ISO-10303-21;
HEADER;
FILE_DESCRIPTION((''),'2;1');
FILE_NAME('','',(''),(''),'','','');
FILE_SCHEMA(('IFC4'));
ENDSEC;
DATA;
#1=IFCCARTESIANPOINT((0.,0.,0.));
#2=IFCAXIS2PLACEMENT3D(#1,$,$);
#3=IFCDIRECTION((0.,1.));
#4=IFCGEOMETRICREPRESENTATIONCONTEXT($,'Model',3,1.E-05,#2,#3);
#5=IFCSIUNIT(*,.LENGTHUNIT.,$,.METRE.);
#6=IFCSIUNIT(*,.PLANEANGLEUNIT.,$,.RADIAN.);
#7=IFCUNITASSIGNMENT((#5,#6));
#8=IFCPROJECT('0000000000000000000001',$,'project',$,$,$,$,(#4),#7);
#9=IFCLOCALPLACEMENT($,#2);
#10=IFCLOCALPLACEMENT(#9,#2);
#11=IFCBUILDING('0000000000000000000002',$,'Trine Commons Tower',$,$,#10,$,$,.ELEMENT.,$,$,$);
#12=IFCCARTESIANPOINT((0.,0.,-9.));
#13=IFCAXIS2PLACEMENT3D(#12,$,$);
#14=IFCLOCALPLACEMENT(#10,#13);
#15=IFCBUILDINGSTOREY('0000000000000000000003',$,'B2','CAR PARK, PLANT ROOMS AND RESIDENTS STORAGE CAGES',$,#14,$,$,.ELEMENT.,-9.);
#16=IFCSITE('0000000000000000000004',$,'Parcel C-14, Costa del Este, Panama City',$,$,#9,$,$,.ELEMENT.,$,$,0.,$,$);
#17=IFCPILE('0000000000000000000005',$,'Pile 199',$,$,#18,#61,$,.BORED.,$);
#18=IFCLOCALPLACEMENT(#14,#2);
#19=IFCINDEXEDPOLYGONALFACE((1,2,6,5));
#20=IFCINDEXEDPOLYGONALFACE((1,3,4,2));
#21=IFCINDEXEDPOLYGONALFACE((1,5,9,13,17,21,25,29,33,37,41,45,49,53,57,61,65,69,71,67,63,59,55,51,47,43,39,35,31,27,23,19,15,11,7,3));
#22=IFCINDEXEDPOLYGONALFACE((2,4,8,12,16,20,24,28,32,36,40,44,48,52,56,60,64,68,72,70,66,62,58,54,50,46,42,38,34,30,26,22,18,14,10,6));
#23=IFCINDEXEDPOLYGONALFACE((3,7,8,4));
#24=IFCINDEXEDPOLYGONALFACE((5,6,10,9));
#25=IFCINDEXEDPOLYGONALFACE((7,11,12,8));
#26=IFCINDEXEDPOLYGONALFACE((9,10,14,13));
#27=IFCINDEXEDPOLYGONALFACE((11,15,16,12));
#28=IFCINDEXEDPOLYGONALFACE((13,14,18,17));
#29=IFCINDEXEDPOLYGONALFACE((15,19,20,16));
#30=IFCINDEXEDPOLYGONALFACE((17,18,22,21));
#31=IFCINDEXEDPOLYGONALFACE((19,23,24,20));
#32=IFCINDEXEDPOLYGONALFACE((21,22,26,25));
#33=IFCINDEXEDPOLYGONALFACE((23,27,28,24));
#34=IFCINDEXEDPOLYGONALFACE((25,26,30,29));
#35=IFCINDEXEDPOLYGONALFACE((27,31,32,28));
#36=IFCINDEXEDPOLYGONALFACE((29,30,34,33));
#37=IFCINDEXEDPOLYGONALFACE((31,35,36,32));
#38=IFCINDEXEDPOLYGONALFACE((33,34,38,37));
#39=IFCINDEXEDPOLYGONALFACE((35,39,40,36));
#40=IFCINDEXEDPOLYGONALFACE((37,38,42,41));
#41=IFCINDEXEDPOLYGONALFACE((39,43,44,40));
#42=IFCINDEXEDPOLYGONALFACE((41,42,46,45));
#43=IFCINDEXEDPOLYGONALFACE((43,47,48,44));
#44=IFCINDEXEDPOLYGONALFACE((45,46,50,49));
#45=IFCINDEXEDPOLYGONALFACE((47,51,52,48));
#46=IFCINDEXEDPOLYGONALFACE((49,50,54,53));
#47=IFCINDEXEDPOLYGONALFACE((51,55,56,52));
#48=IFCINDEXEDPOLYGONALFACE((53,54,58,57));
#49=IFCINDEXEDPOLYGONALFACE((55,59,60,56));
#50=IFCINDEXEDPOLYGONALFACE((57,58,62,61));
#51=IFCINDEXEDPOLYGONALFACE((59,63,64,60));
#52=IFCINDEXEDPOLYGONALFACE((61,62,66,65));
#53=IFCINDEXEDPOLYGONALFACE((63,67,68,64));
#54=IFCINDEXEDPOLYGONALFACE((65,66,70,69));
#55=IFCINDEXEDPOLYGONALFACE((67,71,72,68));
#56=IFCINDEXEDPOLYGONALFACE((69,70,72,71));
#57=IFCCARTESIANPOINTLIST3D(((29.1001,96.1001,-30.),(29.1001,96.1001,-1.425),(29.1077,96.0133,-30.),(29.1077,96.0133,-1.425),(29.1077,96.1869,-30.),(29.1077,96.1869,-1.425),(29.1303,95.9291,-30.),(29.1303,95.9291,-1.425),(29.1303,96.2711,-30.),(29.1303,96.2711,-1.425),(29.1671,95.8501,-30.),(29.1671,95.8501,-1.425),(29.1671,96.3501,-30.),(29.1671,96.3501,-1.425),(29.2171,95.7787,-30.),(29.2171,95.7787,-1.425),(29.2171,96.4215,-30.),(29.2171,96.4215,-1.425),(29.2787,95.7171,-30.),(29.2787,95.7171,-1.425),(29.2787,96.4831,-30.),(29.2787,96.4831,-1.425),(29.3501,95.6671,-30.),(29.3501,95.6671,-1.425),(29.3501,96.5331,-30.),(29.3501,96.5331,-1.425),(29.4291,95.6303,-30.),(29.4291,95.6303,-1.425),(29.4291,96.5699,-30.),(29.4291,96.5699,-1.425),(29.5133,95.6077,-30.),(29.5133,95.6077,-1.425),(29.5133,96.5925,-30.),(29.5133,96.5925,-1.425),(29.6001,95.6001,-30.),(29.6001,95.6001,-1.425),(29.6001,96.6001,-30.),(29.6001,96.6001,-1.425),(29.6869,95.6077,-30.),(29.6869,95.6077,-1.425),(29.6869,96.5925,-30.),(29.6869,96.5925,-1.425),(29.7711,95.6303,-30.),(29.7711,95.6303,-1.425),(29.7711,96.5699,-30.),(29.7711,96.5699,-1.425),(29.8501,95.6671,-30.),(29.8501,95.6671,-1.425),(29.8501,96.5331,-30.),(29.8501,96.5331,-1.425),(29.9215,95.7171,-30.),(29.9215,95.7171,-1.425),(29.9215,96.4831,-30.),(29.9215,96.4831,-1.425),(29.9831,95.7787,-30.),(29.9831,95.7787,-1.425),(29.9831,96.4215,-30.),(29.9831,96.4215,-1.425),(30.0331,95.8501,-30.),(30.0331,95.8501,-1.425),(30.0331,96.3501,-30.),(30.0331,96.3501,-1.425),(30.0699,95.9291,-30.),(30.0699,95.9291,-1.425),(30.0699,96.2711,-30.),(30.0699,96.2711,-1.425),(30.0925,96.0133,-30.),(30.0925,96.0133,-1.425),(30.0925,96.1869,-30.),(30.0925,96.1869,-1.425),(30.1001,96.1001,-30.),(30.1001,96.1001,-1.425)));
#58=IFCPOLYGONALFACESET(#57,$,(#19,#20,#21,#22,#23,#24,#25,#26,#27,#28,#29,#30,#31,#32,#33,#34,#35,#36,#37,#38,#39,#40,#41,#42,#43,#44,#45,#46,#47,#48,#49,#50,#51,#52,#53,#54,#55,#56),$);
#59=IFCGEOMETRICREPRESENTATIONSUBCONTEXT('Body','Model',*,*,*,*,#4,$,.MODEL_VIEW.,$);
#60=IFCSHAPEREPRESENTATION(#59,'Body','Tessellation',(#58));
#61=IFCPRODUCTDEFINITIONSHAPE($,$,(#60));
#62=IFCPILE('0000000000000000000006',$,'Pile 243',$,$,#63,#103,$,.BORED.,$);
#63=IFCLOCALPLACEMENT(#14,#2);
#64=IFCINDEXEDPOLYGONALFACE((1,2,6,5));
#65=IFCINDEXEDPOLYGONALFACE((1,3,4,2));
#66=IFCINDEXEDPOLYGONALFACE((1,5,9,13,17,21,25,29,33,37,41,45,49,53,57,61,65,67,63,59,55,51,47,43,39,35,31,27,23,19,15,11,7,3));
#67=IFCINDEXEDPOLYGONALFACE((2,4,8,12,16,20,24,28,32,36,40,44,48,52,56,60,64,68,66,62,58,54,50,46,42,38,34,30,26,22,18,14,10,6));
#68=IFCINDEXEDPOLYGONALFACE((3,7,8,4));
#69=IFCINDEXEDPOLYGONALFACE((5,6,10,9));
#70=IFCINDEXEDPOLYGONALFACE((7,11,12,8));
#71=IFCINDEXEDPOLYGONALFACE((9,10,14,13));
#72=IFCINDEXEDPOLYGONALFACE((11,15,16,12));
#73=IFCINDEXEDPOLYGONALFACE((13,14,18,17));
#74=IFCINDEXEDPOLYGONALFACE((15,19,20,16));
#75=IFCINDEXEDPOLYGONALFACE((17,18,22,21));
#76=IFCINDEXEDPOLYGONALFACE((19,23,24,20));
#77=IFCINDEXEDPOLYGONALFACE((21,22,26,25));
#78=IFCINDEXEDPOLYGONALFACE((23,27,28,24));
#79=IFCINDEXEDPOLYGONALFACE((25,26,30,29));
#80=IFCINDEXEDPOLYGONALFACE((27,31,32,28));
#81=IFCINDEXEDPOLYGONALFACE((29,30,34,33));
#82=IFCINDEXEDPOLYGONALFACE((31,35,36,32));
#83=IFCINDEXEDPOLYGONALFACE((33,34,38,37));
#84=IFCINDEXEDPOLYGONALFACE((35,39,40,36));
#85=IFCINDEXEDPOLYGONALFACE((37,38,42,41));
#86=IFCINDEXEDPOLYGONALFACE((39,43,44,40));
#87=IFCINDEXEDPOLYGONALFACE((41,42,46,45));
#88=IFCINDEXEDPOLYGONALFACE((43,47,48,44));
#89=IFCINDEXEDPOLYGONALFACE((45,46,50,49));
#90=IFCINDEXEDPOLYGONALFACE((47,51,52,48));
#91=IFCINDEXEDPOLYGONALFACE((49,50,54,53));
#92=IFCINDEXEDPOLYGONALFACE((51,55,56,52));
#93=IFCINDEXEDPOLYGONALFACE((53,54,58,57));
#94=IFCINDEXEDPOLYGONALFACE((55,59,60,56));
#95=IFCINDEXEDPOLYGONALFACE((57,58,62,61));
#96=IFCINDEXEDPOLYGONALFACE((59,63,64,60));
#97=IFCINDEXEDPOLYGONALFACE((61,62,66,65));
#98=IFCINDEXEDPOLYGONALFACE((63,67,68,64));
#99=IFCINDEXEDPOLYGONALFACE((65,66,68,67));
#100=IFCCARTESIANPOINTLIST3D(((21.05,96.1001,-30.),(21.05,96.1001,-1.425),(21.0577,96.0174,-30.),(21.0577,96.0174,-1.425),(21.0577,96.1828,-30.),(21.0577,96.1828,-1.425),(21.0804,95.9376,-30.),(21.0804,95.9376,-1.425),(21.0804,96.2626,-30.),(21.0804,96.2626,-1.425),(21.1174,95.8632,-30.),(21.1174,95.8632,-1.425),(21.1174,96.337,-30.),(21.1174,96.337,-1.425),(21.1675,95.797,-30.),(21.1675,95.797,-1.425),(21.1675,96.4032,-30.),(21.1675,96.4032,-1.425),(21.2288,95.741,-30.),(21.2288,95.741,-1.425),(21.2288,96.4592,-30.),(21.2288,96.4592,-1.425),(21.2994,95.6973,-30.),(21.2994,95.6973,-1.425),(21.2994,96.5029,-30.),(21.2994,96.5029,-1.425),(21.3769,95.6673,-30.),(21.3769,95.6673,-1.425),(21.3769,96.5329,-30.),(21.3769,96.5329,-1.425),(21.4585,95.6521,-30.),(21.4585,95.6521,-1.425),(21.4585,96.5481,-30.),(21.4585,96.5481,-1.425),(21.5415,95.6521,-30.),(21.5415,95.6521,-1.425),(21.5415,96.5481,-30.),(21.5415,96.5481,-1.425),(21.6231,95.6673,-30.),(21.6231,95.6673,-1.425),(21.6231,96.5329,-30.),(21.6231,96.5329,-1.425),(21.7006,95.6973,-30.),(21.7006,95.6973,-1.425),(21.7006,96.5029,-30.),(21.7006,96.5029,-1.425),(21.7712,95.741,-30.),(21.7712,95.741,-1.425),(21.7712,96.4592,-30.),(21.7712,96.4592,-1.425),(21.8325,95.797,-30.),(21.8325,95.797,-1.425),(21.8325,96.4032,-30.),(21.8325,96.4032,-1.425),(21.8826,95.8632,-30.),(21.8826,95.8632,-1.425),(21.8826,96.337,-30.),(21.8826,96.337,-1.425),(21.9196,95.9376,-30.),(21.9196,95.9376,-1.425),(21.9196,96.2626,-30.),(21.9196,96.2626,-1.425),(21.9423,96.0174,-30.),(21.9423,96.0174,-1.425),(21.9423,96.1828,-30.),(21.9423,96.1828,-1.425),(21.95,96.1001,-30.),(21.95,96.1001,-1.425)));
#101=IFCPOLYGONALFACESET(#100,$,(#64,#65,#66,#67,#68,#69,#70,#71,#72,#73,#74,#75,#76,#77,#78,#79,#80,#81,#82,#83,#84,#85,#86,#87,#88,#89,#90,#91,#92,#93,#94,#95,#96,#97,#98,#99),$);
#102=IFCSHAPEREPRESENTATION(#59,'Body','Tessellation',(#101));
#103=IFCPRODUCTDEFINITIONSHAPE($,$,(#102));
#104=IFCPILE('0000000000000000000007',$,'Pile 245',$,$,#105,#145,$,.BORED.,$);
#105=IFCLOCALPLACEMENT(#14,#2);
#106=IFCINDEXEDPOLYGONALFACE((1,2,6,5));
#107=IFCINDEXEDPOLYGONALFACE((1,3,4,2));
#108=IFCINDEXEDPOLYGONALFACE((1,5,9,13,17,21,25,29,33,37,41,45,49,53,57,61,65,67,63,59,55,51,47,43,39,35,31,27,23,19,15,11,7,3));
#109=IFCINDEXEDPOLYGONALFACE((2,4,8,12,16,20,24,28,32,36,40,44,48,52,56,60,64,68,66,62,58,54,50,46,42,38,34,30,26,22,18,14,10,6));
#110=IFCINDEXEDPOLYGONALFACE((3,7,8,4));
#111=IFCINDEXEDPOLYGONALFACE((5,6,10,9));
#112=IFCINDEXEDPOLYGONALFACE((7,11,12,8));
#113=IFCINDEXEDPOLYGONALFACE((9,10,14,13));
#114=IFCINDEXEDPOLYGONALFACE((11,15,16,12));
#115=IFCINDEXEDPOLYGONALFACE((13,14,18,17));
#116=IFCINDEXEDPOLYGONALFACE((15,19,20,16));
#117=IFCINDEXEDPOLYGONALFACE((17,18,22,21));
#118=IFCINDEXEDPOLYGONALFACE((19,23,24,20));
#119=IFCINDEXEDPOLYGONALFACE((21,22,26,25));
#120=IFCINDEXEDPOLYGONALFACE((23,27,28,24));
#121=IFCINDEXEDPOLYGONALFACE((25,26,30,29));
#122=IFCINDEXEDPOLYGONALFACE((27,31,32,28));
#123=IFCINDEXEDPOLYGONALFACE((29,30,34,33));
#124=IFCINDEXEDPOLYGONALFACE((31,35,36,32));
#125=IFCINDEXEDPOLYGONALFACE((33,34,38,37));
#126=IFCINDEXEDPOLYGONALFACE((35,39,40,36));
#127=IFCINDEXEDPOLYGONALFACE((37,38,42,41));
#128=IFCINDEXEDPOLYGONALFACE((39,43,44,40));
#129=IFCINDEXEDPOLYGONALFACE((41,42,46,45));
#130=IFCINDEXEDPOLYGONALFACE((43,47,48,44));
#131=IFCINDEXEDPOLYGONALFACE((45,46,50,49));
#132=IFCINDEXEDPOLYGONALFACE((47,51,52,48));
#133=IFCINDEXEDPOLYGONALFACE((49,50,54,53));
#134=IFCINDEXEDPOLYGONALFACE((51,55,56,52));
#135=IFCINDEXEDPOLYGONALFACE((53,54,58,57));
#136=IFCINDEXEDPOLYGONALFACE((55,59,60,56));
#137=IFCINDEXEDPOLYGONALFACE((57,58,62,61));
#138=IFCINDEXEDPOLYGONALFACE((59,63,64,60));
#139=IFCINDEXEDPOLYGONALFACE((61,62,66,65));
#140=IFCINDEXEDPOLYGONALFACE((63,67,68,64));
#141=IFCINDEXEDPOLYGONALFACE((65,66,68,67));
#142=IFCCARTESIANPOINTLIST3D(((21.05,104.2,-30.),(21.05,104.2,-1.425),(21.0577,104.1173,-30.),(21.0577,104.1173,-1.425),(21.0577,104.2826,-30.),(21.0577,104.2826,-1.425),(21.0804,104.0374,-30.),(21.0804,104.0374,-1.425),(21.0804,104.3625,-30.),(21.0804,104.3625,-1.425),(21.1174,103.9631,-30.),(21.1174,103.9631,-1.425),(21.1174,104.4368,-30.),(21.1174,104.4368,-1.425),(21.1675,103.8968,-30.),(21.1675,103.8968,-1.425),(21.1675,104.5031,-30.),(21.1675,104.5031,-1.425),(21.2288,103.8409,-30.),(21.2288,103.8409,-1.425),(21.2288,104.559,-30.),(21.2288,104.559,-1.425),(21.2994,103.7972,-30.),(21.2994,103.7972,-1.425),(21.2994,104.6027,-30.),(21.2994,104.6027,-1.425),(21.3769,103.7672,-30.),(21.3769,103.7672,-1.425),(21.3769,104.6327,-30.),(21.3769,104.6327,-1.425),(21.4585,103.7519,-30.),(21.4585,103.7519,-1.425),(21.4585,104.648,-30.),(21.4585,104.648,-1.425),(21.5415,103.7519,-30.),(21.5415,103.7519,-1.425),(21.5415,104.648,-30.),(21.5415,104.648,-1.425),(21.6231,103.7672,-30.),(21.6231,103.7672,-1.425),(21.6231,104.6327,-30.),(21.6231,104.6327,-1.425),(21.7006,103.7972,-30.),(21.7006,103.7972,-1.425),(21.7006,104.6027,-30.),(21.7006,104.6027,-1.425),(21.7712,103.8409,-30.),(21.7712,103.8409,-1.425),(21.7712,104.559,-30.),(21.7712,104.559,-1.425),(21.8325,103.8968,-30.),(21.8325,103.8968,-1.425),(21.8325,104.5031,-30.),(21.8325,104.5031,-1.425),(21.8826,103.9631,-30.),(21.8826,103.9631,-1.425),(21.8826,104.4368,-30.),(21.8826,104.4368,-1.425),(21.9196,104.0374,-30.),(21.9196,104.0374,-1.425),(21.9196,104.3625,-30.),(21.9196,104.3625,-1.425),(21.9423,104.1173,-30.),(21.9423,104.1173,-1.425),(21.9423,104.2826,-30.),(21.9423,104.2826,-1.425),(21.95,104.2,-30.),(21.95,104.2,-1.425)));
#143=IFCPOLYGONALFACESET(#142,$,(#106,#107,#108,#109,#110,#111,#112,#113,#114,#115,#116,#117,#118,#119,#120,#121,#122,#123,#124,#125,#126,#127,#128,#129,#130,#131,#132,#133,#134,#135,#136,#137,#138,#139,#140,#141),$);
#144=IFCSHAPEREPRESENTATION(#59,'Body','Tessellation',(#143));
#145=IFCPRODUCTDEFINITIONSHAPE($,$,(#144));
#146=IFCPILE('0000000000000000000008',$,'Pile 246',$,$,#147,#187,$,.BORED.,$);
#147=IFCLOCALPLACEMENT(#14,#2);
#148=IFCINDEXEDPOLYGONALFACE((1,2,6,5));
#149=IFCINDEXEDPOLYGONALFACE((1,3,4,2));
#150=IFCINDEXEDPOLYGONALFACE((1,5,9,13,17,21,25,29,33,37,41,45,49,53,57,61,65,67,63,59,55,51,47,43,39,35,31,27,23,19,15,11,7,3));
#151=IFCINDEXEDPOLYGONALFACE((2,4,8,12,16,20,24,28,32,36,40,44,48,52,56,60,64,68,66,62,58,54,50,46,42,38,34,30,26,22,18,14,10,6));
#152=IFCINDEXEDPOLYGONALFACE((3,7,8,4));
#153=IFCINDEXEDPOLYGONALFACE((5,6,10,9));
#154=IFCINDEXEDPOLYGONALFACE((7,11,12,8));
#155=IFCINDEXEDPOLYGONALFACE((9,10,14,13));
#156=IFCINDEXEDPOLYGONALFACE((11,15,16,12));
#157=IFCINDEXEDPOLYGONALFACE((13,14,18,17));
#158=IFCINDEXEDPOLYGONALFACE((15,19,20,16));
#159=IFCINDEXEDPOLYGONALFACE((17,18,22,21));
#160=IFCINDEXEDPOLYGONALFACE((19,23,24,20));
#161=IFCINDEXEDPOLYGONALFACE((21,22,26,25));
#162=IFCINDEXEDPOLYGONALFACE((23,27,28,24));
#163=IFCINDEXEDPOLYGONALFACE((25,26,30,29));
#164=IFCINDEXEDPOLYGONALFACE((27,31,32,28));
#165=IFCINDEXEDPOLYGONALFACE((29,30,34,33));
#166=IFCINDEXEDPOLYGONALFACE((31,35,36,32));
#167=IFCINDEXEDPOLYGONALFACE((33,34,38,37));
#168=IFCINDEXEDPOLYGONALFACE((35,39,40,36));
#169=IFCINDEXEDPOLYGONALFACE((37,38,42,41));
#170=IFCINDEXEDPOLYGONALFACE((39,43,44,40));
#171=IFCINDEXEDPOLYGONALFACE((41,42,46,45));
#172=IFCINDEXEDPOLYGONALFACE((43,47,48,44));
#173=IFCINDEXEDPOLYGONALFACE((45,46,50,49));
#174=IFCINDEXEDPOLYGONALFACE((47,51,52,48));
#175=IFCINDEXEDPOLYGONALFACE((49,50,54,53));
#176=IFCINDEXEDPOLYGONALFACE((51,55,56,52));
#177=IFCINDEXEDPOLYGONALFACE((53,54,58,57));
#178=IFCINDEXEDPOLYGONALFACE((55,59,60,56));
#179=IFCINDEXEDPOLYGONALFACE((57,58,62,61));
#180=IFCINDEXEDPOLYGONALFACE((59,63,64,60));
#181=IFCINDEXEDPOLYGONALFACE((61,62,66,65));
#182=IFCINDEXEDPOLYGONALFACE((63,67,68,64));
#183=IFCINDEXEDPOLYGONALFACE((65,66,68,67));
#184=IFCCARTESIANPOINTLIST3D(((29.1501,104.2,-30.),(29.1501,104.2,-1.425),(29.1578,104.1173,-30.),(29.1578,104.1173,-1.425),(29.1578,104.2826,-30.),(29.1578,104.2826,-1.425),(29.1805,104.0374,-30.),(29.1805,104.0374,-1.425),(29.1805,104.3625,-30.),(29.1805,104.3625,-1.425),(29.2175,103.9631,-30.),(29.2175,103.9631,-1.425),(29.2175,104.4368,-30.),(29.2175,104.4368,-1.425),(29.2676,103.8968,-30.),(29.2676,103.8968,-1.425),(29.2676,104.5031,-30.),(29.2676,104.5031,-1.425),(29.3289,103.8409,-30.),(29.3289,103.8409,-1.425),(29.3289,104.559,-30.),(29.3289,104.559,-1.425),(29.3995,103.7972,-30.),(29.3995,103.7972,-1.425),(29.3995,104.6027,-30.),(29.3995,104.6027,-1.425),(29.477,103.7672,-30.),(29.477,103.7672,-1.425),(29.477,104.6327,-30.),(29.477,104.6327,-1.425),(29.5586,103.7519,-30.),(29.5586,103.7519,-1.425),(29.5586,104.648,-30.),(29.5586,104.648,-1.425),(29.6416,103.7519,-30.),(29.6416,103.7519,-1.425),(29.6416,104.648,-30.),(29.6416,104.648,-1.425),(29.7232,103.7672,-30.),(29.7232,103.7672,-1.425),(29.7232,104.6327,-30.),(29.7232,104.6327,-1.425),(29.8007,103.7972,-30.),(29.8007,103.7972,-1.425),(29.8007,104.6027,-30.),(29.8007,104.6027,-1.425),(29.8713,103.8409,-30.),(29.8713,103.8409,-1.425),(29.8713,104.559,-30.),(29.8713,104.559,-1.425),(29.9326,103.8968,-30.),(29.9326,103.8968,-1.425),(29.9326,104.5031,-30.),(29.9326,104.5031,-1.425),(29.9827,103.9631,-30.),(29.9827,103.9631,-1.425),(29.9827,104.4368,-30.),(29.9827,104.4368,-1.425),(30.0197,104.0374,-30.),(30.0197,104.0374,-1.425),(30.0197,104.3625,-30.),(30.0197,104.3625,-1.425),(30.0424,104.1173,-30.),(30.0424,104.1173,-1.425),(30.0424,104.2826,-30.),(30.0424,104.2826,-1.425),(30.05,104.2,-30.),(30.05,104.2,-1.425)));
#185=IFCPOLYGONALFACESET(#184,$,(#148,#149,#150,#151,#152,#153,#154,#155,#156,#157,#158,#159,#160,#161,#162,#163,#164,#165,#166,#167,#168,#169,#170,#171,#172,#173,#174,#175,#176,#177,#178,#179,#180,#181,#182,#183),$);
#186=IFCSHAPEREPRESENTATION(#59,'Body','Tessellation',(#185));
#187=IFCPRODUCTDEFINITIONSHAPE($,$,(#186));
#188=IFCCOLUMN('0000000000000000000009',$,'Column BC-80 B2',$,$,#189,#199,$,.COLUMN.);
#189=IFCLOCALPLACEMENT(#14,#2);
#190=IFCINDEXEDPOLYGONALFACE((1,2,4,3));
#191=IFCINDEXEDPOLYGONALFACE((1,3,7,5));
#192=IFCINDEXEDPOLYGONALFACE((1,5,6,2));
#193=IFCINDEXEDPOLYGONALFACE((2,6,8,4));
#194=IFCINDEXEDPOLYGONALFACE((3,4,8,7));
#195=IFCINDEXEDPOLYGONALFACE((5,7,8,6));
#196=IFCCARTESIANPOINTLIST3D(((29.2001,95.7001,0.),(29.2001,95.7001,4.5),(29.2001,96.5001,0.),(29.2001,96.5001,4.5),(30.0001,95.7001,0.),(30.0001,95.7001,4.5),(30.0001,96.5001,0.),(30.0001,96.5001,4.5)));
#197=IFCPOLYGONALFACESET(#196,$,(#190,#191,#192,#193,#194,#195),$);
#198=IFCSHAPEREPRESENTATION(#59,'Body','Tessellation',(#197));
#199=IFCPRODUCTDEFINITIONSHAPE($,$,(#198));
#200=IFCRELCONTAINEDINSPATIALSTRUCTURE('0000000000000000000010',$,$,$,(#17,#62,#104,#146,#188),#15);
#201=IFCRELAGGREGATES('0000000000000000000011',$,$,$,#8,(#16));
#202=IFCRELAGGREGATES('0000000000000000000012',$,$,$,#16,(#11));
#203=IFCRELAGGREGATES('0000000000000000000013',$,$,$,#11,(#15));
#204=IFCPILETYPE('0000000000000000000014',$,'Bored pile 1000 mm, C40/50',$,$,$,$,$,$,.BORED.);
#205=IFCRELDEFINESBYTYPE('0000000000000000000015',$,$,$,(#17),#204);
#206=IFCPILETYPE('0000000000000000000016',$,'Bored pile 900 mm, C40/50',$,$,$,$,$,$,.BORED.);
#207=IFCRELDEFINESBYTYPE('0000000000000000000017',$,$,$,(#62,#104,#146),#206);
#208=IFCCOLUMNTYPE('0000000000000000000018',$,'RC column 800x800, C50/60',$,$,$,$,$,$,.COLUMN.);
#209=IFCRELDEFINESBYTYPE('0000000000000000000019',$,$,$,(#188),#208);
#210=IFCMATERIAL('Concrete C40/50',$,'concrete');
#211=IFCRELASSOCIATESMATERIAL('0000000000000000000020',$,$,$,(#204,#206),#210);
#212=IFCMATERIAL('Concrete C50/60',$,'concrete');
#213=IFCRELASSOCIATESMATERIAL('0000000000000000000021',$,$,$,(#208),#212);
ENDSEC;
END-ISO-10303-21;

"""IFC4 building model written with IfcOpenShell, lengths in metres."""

from ifc_helpers import new_model, si_unit, direction, frame, origin, origin_2d, place, context, subcontext, project, spatial, rectangle, circle, extrude, material, material_profile, profile_set, type_object, element, save


model = new_model("IFC4")

# Units and contexts
model_context = context("Model", 3, precision=1e-05, world=origin(), true_north=direction((0.0, 1.0)))
body_context = subcontext(model_context, "Body", "Model", "MODEL_VIEW")
ifc_project = project(units=[si_unit("LENGTHUNIT", "METRE"), si_unit("PLANEANGLEUNIT", "RADIAN")], contexts=[model_context])

# Site, building, storey
site_placement = place(None, origin())
site = spatial("IfcSite", under=ifc_project, at=site_placement, Name="Parcel C-14, Costa del Este, Panama City", CompositionType="ELEMENT", RefElevation=0.0)
building_placement = place(site_placement, origin())
building = spatial("IfcBuilding", under=site, at=building_placement, Name="Trine Commons Tower", CompositionType="ELEMENT")
storey_placement = place(building_placement, frame((0.0, 0.0, -9.0)))
storey = spatial("IfcBuildingStorey", under=building, at=storey_placement, Name="B2", Description="CAR PARK, PLANT ROOMS AND RESIDENTS STORAGE CAGES", CompositionType="ELEMENT", Elevation=-9.0)

# Piles
ifc_material_1 = material(Name="Concrete C40/50", Category="concrete")
pile_type_1 = type_object("IfcPileType", Name="Bored pile 1000 mm, C40/50", PredefinedType="BORED", material=ifc_material_1)
pile_placement = place(storey_placement, frame((29.6001, 96.1001, -1.425), z_axis=(0.0, 0.0, -1.0), x_axis=(1.0, 0.0, 0.0)))
element("IfcPile", 1, at=pile_placement, inside=storey, type_object=pile_type_1, Name="Pile 199", PredefinedType="BORED", context=body_context, shape_type="SweptSolid", body=[
    extrude(circle(Radius=0.5, at=origin_2d()), origin(), (0.0, 0.0, 1.0), 28.575),
])
pile_type_2 = type_object("IfcPileType", Name="Bored pile 900 mm, C40/50", PredefinedType="BORED", material=ifc_material_1)
for number, where, z_axis, x_axis, name in (
    (2, (21.5, 96.1001, -1.425), (0.0, 0.0, -1.0), (1.0, 0.0, 0.0), "Pile 243"),
    (3, (21.5, 104.2, -1.425), (0.0, 0.0, -1.0), (1.0, 0.0, 0.0), "Pile 245"),
    (4, (29.6001, 104.2, -1.425), (0.0, 0.0, -1.0), (1.0, 0.0, 0.0), "Pile 246"),
):
    element("IfcPile", number, at=place(storey_placement, frame(where, z_axis=z_axis, x_axis=x_axis)), inside=storey, type_object=pile_type_2, Name=name, PredefinedType="BORED", context=body_context, shape_type="SweptSolid", body=[
        extrude(circle(Radius=0.45, at=origin_2d()), origin(), (0.0, 0.0, 1.0), 28.575),
    ])

# Column
ifc_material_2 = material(Name="Concrete C50/60", Category="concrete")
ifc_material_profile = material_profile(ifc_material_2, rectangle(XDim=0.8, YDim=0.8, at=origin_2d()), Name="RC 800x800")
ifc_profile_set = profile_set([ifc_material_profile], Name="Concrete C50/60")
column_type = type_object("IfcColumnType", Name="RC column 800x800, C50/60", PredefinedType="COLUMN", material=ifc_profile_set)
column_placement = place(storey_placement, frame((29.6001, 96.1001, 0.0), z_axis=(0.0, 0.0, 1.0), x_axis=(1.0, 0.0, 0.0)))
element("IfcColumn", 5, at=column_placement, inside=storey, type_object=column_type, Name="Column BC-80 B2", PredefinedType="COLUMN", context=body_context, shape_type="SweptSolid", body=[
    extrude(rectangle(XDim=0.8, YDim=0.8, at=origin_2d()), origin(), (0.0, 0.0, 1.0), 4.5),
])

save(model, "model.ifc")
